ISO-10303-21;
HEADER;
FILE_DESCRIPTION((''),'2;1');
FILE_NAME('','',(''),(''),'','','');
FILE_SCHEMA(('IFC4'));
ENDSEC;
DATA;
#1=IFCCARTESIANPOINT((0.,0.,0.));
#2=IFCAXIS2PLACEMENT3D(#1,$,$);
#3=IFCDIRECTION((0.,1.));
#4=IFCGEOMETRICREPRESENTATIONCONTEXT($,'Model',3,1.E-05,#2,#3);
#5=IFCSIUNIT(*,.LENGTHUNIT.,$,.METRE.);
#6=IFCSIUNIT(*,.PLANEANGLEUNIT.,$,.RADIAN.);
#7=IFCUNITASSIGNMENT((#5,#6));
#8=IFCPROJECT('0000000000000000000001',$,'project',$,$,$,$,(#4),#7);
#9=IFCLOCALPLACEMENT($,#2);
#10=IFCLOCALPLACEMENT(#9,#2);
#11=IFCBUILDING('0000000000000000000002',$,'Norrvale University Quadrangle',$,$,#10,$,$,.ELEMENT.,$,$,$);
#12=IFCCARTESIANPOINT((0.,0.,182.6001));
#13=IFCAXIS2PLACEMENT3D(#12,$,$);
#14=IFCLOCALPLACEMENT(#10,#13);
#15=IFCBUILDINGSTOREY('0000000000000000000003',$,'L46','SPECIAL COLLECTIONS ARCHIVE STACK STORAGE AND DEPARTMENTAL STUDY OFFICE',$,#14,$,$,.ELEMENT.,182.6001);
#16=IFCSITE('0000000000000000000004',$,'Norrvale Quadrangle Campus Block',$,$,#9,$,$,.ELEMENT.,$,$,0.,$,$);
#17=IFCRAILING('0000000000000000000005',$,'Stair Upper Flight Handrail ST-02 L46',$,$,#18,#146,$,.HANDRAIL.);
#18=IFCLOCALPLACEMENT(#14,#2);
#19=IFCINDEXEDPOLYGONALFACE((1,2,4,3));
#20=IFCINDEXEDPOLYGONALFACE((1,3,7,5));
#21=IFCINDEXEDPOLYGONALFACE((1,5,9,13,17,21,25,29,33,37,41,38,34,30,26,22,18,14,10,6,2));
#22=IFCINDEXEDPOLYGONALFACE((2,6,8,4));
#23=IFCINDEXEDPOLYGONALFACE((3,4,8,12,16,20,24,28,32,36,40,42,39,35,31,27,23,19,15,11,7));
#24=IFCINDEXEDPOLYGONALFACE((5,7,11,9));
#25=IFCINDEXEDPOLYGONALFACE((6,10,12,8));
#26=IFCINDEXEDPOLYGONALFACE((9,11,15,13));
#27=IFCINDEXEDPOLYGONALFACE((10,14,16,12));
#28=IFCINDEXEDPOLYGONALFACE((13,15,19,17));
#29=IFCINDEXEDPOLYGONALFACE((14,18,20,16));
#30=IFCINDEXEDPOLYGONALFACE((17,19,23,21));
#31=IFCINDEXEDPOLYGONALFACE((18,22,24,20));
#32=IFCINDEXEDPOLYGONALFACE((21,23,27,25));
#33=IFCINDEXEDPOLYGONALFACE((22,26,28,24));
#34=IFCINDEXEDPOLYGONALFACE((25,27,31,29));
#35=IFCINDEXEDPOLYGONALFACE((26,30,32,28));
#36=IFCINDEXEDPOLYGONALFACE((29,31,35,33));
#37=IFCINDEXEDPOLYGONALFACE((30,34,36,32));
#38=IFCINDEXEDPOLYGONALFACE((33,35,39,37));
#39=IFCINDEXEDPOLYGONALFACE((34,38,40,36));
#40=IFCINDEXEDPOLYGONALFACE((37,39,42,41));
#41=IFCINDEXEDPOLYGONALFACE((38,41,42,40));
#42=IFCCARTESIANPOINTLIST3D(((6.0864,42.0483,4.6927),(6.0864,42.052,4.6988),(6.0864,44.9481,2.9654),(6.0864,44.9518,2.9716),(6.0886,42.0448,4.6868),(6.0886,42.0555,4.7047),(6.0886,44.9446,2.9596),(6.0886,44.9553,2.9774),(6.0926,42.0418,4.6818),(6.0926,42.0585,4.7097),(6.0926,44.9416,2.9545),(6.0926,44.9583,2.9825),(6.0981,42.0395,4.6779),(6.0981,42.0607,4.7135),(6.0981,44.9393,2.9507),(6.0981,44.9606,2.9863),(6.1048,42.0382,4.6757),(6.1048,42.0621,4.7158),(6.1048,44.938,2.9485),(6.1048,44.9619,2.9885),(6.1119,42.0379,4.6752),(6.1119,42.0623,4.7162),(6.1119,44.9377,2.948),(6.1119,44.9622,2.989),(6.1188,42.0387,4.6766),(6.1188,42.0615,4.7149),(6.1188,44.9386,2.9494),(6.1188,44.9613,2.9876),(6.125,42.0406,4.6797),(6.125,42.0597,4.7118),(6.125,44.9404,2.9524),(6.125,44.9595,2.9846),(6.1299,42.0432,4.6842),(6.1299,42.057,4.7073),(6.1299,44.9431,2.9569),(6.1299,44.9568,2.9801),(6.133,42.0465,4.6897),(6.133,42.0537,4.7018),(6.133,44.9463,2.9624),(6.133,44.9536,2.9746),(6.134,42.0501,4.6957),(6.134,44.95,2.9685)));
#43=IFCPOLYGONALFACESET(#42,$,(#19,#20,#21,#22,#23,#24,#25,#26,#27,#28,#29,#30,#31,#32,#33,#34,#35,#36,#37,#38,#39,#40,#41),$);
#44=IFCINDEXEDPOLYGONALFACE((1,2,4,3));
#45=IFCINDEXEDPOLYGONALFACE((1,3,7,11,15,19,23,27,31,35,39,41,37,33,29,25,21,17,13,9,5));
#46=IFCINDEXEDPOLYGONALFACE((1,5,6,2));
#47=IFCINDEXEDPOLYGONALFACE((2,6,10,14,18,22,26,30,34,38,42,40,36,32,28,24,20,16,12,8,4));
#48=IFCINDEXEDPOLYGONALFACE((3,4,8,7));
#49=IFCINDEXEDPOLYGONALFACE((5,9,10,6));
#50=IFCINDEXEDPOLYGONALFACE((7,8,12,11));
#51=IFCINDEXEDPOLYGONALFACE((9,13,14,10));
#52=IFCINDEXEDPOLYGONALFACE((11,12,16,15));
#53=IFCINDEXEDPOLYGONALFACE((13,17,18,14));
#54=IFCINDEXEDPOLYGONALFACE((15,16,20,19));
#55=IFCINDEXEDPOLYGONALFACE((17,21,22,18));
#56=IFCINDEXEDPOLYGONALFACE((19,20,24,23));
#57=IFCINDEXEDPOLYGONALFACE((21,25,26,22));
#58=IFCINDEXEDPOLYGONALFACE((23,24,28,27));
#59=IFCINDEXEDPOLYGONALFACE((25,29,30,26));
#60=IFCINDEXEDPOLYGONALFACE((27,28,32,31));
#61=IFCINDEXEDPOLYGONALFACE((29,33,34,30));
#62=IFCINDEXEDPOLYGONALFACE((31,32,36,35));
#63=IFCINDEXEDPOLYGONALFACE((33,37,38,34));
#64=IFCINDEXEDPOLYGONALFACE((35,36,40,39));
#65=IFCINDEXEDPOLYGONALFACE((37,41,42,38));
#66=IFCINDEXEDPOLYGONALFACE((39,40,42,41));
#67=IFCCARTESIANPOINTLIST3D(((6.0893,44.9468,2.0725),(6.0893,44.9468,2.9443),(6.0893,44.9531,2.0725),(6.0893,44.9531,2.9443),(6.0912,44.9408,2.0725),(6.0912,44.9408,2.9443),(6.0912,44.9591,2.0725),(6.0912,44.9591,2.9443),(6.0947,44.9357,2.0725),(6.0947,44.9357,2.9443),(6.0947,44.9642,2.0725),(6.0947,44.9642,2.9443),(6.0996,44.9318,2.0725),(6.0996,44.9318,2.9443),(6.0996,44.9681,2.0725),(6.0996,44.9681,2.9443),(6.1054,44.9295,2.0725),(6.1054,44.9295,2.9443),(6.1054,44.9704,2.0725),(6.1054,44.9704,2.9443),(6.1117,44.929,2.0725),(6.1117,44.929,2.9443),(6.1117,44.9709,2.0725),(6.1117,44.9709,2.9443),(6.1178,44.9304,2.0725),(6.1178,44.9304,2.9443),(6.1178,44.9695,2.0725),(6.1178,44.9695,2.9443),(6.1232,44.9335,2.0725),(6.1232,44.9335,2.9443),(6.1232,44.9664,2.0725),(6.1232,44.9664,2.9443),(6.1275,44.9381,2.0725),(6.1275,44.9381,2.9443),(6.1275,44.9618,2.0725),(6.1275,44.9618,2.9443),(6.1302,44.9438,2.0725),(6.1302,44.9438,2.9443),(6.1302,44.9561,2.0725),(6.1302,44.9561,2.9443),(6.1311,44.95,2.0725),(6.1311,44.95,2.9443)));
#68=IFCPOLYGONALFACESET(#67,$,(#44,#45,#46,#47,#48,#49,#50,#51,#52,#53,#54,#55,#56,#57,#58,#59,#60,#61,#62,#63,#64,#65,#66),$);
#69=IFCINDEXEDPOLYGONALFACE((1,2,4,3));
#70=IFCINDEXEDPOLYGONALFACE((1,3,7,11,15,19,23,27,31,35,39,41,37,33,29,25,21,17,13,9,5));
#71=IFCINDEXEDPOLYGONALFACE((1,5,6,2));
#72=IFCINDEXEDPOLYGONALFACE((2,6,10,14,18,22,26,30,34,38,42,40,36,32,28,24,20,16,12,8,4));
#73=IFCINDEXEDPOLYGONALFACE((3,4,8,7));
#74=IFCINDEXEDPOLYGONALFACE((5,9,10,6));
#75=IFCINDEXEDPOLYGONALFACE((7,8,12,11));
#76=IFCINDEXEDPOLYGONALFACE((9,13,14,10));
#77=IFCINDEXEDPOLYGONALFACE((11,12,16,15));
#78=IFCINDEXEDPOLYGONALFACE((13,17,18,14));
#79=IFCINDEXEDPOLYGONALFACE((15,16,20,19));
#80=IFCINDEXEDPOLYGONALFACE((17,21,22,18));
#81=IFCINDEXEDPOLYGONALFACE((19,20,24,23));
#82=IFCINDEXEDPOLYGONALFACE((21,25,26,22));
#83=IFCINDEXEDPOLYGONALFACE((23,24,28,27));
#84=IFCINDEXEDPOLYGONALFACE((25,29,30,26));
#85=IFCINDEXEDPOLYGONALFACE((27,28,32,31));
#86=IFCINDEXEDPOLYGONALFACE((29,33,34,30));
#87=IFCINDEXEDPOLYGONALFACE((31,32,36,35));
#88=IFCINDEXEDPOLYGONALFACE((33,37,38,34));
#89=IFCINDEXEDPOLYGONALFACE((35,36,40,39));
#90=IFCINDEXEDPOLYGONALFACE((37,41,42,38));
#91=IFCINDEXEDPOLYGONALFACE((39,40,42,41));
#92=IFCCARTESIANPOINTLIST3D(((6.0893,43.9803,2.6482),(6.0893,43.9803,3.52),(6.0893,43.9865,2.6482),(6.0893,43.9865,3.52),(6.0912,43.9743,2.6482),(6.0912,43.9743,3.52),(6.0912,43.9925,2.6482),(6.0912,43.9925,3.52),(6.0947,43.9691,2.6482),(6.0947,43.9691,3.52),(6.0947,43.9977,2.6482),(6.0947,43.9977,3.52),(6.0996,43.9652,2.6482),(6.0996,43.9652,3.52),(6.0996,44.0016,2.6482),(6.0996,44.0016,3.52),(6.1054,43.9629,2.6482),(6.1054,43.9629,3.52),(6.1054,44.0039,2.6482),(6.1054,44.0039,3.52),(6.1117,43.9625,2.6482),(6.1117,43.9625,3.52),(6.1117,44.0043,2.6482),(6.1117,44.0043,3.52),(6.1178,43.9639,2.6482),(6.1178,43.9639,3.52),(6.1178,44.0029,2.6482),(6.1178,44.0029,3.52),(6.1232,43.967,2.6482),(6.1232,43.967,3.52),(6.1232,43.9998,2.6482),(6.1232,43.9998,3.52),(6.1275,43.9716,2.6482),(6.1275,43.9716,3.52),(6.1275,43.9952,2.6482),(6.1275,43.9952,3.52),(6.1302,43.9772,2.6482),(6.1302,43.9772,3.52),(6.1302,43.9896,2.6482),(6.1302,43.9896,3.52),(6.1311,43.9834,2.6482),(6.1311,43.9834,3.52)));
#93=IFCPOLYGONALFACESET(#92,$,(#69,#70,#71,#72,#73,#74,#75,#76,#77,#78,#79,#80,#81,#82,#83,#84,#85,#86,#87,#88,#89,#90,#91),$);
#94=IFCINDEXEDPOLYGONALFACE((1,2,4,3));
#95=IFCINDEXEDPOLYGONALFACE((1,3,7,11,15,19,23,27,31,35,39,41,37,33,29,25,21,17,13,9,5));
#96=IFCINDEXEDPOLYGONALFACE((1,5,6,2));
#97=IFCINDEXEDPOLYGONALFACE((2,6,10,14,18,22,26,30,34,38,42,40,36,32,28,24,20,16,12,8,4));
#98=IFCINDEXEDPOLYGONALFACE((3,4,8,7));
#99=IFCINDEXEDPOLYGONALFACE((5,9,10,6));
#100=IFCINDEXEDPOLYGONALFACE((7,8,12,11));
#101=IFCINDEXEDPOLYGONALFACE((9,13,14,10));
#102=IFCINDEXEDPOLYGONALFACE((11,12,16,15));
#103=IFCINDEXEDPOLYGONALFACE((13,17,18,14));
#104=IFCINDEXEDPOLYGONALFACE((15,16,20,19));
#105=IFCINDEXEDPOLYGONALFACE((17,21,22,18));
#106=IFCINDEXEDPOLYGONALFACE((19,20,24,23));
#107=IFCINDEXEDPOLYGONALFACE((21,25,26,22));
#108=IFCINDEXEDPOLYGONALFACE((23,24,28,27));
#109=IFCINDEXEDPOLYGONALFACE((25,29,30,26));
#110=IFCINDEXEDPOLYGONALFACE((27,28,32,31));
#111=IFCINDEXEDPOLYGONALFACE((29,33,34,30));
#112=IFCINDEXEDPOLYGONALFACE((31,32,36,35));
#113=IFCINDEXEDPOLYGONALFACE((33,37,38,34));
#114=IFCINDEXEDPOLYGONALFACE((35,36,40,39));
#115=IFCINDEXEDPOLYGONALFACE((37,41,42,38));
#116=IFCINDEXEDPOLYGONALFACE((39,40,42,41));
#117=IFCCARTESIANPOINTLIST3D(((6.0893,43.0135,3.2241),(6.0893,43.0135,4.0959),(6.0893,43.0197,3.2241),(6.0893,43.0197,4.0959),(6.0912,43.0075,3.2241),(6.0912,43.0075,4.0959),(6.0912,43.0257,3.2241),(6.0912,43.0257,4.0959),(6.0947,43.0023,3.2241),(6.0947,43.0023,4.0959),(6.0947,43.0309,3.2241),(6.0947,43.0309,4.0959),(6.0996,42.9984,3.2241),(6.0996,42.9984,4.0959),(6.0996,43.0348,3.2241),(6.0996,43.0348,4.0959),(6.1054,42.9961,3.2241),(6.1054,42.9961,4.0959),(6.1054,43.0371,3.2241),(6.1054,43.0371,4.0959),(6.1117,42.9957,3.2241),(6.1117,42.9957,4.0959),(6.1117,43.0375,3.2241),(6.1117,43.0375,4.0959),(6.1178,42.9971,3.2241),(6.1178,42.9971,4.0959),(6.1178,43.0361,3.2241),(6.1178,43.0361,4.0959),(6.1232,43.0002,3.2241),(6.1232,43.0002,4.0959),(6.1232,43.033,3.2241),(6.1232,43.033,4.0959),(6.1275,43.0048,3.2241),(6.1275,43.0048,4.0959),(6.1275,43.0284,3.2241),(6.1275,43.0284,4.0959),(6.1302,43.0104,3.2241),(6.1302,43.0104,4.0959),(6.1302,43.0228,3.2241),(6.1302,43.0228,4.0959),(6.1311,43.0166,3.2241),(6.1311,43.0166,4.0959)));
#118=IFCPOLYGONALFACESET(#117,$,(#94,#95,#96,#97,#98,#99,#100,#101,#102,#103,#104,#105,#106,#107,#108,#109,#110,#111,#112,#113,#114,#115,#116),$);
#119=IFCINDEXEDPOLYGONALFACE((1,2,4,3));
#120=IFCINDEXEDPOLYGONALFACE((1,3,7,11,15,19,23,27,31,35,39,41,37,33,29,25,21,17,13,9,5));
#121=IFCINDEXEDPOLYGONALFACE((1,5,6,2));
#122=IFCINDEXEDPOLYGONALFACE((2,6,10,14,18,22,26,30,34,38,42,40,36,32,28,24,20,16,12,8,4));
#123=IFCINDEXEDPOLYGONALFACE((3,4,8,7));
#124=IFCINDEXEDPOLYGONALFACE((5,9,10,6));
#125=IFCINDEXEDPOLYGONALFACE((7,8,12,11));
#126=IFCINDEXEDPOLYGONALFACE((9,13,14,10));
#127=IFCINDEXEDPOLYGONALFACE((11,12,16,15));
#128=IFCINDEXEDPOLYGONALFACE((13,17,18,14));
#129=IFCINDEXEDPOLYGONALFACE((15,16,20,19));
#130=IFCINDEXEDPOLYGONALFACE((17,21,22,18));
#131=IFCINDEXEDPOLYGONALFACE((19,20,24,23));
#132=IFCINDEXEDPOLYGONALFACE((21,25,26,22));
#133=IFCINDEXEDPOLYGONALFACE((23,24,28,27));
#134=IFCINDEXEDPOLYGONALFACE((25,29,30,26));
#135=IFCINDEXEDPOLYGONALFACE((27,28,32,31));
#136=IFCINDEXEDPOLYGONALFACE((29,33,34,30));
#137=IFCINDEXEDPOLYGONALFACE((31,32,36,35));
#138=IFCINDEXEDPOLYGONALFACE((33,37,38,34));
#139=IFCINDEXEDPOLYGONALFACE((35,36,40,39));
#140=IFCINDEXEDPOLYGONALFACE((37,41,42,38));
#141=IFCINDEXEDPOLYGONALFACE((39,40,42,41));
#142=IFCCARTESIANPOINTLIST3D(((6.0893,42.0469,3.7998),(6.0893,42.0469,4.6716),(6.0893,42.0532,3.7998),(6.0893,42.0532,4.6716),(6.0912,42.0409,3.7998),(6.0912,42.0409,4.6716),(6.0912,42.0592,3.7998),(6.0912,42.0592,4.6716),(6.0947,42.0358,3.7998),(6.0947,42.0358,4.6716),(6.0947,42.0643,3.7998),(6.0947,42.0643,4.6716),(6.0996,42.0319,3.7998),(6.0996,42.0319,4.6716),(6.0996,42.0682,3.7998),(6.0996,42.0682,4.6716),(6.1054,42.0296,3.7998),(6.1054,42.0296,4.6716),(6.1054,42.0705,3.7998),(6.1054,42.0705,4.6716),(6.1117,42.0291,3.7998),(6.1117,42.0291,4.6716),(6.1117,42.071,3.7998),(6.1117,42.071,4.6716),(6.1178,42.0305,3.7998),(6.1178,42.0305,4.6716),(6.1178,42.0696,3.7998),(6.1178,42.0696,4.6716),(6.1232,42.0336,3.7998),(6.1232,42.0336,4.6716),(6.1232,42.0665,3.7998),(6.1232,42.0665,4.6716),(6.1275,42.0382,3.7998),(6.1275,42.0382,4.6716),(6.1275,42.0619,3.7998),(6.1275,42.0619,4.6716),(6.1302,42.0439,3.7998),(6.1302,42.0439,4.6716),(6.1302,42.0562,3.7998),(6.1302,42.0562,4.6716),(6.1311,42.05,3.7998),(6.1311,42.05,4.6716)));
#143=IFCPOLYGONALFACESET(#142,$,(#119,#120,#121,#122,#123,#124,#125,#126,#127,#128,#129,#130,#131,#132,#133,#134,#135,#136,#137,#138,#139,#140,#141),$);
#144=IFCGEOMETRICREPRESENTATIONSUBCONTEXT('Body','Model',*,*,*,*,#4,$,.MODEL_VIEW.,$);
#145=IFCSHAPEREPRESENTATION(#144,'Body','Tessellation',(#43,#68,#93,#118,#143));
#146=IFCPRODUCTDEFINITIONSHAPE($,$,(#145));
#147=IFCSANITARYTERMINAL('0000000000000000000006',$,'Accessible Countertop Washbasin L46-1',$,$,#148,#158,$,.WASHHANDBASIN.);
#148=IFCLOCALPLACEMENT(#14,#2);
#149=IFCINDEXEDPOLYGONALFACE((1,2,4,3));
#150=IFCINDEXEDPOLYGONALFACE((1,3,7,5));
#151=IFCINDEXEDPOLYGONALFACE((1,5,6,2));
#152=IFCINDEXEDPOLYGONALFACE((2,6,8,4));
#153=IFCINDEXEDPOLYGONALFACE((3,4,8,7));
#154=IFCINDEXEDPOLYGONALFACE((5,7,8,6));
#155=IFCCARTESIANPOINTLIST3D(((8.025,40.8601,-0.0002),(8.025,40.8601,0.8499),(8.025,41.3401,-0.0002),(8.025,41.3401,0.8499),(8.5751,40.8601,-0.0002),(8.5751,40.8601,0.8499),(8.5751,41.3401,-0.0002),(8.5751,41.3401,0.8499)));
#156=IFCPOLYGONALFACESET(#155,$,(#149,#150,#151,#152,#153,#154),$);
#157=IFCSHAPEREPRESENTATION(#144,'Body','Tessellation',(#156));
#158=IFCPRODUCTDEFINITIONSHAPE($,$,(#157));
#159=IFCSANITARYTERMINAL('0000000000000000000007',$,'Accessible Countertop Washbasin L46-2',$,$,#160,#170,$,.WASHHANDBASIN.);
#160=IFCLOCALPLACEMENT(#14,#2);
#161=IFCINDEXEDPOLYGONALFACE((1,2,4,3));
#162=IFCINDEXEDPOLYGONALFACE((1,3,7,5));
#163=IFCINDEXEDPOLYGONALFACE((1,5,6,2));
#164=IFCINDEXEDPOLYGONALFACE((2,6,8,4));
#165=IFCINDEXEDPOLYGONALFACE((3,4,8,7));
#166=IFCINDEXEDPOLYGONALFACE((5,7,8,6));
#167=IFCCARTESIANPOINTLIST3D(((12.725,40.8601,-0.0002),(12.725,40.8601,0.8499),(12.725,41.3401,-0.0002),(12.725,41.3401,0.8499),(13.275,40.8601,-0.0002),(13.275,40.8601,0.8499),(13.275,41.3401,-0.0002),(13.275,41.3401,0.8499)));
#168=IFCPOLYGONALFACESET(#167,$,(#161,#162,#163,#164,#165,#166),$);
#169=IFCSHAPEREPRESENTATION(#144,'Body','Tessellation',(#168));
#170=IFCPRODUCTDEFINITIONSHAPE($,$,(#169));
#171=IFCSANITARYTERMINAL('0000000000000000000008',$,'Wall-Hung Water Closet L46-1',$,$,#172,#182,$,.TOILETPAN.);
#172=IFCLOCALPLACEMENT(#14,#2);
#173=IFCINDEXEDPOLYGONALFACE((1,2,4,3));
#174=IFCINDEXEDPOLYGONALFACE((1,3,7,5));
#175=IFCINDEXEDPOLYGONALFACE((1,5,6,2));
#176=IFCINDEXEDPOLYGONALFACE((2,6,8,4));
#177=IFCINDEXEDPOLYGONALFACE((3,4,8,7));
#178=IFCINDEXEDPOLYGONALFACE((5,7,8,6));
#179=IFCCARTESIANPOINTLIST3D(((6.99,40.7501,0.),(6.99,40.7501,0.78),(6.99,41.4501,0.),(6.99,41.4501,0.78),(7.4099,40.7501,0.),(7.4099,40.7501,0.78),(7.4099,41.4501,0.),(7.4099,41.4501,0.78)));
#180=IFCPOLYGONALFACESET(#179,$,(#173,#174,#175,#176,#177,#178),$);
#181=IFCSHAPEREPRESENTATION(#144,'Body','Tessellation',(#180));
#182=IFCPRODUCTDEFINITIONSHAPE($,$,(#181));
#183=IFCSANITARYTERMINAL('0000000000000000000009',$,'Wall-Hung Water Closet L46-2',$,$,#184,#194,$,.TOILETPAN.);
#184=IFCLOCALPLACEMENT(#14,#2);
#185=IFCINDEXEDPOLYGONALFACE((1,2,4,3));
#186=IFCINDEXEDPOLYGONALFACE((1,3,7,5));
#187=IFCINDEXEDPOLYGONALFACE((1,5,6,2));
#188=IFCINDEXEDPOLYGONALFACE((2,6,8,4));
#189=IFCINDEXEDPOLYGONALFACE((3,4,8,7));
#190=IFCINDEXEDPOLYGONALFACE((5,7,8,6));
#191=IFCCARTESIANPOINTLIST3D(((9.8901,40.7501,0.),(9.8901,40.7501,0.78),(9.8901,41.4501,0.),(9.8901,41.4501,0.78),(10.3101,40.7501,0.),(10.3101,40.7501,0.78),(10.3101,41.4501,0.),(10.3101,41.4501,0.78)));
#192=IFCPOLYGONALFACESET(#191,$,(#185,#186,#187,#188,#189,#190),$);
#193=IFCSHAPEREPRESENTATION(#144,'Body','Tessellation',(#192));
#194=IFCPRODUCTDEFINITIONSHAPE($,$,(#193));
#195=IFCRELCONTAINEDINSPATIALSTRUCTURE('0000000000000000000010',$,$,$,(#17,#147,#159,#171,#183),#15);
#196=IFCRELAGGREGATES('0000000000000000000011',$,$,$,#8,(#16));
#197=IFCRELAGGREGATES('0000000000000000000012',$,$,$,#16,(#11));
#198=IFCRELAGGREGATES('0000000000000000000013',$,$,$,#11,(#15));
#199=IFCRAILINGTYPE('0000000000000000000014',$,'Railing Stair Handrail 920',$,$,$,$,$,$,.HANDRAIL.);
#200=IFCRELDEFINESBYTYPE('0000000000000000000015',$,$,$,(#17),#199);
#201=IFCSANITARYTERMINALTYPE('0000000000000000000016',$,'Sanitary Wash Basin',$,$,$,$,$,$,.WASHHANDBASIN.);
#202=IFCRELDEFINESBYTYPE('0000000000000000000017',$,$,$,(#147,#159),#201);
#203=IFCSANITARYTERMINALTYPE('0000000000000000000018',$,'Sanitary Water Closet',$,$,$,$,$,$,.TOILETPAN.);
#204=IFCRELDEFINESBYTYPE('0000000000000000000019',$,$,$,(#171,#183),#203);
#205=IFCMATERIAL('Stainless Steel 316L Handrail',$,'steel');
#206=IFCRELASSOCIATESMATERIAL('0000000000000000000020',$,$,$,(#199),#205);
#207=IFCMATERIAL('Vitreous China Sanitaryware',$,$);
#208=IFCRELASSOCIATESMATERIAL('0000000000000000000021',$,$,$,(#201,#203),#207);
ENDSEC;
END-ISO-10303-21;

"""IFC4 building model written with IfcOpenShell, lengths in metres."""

from ifc_helpers import new_model, si_unit, direction, frame, origin, origin_2d, place, context, subcontext, project, spatial, rectangle, circle, extrude, material, type_object, element, save


model = new_model("IFC4")

# Units and contexts
model_context = context("Model", 3, precision=1e-05, world=origin(), true_north=direction((0.0, 1.0)))
body_context = subcontext(model_context, "Body", "Model", "MODEL_VIEW")
ifc_project = project(units=[si_unit("LENGTHUNIT", "METRE"), si_unit("PLANEANGLEUNIT", "RADIAN")], contexts=[model_context])

# Site, building, storey
site_placement = place(None, origin())
site = spatial("IfcSite", under=ifc_project, at=site_placement, Name="Norrvale Quadrangle Campus Block", CompositionType="ELEMENT", RefElevation=0.0)
building_placement = place(site_placement, origin())
building = spatial("IfcBuilding", under=site, at=building_placement, Name="Norrvale University Quadrangle", CompositionType="ELEMENT")
storey_placement = place(building_placement, frame((0.0, 0.0, 182.6001)))
storey = spatial("IfcBuildingStorey", under=building, at=storey_placement, Name="L46", Description="SPECIAL COLLECTIONS ARCHIVE STACK STORAGE AND DEPARTMENTAL STUDY OFFICE", CompositionType="ELEMENT", Elevation=182.6001)

# Railing
ifc_material_1 = material(Name="Stainless Steel 316L Handrail", Category="steel")
railing_type_1 = type_object("IfcRailingType", Name="Railing Stair Handrail 920", PredefinedType="HANDRAIL", material=ifc_material_1)
railing_1_placement = place(storey_placement, frame((6.1101, 44.95, 2.0725)))
element("IfcRailing", 1, at=railing_1_placement, inside=storey, type_object=railing_type_1, Name="Stair Upper Flight Handrail ST-02 L46", PredefinedType="HANDRAIL", context=body_context, shape_type="SweptSolid", body=[
    extrude(circle(Radius=0.0239, at=origin_2d()), frame((0.0, 0.0, 0.896), z_axis=(0.0, -0.859141, 0.511738), x_axis=(1.0, 0.0, 0.0)), (0.0, 0.0, 1.0), 3.3752),
    extrude(circle(Radius=0.021, at=origin_2d()), origin(), (0.0, 0.0, 1.0), 0.8718),
    extrude(circle(Radius=0.021, at=origin_2d()), frame((0.0, -0.9666, 0.5757)), (0.0, 0.0, 1.0), 0.8718),
    extrude(circle(Radius=0.021, at=origin_2d()), frame((0.0, -1.9333, 1.1516)), (0.0, 0.0, 1.0), 0.8718),
    extrude(circle(Radius=0.021, at=origin_2d()), frame((0.0, -2.8999, 1.7273)), (0.0, 0.0, 1.0), 0.8718),
])

# Sanitary terminals
ifc_material_2 = material(Name="Vitreous China Sanitaryware")
sanitary_terminal_type_1 = type_object("IfcSanitaryTerminalType", Name="Sanitary Wash Basin", PredefinedType="WASHHANDBASIN", material=ifc_material_2)
for number, where, z_axis, x_axis, name in (
    (2, (8.3, 41.1001, -0.0002), (0.0, 0.0, 1.0), (1.0, 0.0, 0.0), "Accessible Countertop Washbasin L46-1"),
    (3, (13.0, 41.1001, -0.0002), (0.0, 0.0, 1.0), (1.0, 0.0, 0.0), "Accessible Countertop Washbasin L46-2"),
):
    element("IfcSanitaryTerminal", number, at=place(storey_placement, frame(where, z_axis=z_axis, x_axis=x_axis)), inside=storey, type_object=sanitary_terminal_type_1, Name=name, PredefinedType="WASHHANDBASIN", context=body_context, shape_type="SweptSolid", body=[
        extrude(rectangle(XDim=0.55, YDim=0.48, at=origin_2d()), origin(), (0.0, 0.0, 1.0), 0.8501),
    ])
sanitary_terminal_type_2 = type_object("IfcSanitaryTerminalType", Name="Sanitary Water Closet", PredefinedType="TOILETPAN", material=ifc_material_2)
for number, where, z_axis, x_axis, name in (
    (4, (7.2, 41.1001, 0.0), (0.0, 0.0, 1.0), (1.0, 0.0, 0.0), "Wall-Hung Water Closet L46-1"),
    (5, (10.1001, 41.1001, 0.0), (0.0, 0.0, 1.0), (1.0, 0.0, 0.0), "Wall-Hung Water Closet L46-2"),
):
    element("IfcSanitaryTerminal", number, at=place(storey_placement, frame(where, z_axis=z_axis, x_axis=x_axis)), inside=storey, type_object=sanitary_terminal_type_2, Name=name, PredefinedType="TOILETPAN", context=body_context, shape_type="SweptSolid", body=[
        extrude(rectangle(XDim=0.4199, YDim=0.7, at=origin_2d()), origin(), (0.0, 0.0, 1.0), 0.78),
    ])

save(model, "model.ifc")
